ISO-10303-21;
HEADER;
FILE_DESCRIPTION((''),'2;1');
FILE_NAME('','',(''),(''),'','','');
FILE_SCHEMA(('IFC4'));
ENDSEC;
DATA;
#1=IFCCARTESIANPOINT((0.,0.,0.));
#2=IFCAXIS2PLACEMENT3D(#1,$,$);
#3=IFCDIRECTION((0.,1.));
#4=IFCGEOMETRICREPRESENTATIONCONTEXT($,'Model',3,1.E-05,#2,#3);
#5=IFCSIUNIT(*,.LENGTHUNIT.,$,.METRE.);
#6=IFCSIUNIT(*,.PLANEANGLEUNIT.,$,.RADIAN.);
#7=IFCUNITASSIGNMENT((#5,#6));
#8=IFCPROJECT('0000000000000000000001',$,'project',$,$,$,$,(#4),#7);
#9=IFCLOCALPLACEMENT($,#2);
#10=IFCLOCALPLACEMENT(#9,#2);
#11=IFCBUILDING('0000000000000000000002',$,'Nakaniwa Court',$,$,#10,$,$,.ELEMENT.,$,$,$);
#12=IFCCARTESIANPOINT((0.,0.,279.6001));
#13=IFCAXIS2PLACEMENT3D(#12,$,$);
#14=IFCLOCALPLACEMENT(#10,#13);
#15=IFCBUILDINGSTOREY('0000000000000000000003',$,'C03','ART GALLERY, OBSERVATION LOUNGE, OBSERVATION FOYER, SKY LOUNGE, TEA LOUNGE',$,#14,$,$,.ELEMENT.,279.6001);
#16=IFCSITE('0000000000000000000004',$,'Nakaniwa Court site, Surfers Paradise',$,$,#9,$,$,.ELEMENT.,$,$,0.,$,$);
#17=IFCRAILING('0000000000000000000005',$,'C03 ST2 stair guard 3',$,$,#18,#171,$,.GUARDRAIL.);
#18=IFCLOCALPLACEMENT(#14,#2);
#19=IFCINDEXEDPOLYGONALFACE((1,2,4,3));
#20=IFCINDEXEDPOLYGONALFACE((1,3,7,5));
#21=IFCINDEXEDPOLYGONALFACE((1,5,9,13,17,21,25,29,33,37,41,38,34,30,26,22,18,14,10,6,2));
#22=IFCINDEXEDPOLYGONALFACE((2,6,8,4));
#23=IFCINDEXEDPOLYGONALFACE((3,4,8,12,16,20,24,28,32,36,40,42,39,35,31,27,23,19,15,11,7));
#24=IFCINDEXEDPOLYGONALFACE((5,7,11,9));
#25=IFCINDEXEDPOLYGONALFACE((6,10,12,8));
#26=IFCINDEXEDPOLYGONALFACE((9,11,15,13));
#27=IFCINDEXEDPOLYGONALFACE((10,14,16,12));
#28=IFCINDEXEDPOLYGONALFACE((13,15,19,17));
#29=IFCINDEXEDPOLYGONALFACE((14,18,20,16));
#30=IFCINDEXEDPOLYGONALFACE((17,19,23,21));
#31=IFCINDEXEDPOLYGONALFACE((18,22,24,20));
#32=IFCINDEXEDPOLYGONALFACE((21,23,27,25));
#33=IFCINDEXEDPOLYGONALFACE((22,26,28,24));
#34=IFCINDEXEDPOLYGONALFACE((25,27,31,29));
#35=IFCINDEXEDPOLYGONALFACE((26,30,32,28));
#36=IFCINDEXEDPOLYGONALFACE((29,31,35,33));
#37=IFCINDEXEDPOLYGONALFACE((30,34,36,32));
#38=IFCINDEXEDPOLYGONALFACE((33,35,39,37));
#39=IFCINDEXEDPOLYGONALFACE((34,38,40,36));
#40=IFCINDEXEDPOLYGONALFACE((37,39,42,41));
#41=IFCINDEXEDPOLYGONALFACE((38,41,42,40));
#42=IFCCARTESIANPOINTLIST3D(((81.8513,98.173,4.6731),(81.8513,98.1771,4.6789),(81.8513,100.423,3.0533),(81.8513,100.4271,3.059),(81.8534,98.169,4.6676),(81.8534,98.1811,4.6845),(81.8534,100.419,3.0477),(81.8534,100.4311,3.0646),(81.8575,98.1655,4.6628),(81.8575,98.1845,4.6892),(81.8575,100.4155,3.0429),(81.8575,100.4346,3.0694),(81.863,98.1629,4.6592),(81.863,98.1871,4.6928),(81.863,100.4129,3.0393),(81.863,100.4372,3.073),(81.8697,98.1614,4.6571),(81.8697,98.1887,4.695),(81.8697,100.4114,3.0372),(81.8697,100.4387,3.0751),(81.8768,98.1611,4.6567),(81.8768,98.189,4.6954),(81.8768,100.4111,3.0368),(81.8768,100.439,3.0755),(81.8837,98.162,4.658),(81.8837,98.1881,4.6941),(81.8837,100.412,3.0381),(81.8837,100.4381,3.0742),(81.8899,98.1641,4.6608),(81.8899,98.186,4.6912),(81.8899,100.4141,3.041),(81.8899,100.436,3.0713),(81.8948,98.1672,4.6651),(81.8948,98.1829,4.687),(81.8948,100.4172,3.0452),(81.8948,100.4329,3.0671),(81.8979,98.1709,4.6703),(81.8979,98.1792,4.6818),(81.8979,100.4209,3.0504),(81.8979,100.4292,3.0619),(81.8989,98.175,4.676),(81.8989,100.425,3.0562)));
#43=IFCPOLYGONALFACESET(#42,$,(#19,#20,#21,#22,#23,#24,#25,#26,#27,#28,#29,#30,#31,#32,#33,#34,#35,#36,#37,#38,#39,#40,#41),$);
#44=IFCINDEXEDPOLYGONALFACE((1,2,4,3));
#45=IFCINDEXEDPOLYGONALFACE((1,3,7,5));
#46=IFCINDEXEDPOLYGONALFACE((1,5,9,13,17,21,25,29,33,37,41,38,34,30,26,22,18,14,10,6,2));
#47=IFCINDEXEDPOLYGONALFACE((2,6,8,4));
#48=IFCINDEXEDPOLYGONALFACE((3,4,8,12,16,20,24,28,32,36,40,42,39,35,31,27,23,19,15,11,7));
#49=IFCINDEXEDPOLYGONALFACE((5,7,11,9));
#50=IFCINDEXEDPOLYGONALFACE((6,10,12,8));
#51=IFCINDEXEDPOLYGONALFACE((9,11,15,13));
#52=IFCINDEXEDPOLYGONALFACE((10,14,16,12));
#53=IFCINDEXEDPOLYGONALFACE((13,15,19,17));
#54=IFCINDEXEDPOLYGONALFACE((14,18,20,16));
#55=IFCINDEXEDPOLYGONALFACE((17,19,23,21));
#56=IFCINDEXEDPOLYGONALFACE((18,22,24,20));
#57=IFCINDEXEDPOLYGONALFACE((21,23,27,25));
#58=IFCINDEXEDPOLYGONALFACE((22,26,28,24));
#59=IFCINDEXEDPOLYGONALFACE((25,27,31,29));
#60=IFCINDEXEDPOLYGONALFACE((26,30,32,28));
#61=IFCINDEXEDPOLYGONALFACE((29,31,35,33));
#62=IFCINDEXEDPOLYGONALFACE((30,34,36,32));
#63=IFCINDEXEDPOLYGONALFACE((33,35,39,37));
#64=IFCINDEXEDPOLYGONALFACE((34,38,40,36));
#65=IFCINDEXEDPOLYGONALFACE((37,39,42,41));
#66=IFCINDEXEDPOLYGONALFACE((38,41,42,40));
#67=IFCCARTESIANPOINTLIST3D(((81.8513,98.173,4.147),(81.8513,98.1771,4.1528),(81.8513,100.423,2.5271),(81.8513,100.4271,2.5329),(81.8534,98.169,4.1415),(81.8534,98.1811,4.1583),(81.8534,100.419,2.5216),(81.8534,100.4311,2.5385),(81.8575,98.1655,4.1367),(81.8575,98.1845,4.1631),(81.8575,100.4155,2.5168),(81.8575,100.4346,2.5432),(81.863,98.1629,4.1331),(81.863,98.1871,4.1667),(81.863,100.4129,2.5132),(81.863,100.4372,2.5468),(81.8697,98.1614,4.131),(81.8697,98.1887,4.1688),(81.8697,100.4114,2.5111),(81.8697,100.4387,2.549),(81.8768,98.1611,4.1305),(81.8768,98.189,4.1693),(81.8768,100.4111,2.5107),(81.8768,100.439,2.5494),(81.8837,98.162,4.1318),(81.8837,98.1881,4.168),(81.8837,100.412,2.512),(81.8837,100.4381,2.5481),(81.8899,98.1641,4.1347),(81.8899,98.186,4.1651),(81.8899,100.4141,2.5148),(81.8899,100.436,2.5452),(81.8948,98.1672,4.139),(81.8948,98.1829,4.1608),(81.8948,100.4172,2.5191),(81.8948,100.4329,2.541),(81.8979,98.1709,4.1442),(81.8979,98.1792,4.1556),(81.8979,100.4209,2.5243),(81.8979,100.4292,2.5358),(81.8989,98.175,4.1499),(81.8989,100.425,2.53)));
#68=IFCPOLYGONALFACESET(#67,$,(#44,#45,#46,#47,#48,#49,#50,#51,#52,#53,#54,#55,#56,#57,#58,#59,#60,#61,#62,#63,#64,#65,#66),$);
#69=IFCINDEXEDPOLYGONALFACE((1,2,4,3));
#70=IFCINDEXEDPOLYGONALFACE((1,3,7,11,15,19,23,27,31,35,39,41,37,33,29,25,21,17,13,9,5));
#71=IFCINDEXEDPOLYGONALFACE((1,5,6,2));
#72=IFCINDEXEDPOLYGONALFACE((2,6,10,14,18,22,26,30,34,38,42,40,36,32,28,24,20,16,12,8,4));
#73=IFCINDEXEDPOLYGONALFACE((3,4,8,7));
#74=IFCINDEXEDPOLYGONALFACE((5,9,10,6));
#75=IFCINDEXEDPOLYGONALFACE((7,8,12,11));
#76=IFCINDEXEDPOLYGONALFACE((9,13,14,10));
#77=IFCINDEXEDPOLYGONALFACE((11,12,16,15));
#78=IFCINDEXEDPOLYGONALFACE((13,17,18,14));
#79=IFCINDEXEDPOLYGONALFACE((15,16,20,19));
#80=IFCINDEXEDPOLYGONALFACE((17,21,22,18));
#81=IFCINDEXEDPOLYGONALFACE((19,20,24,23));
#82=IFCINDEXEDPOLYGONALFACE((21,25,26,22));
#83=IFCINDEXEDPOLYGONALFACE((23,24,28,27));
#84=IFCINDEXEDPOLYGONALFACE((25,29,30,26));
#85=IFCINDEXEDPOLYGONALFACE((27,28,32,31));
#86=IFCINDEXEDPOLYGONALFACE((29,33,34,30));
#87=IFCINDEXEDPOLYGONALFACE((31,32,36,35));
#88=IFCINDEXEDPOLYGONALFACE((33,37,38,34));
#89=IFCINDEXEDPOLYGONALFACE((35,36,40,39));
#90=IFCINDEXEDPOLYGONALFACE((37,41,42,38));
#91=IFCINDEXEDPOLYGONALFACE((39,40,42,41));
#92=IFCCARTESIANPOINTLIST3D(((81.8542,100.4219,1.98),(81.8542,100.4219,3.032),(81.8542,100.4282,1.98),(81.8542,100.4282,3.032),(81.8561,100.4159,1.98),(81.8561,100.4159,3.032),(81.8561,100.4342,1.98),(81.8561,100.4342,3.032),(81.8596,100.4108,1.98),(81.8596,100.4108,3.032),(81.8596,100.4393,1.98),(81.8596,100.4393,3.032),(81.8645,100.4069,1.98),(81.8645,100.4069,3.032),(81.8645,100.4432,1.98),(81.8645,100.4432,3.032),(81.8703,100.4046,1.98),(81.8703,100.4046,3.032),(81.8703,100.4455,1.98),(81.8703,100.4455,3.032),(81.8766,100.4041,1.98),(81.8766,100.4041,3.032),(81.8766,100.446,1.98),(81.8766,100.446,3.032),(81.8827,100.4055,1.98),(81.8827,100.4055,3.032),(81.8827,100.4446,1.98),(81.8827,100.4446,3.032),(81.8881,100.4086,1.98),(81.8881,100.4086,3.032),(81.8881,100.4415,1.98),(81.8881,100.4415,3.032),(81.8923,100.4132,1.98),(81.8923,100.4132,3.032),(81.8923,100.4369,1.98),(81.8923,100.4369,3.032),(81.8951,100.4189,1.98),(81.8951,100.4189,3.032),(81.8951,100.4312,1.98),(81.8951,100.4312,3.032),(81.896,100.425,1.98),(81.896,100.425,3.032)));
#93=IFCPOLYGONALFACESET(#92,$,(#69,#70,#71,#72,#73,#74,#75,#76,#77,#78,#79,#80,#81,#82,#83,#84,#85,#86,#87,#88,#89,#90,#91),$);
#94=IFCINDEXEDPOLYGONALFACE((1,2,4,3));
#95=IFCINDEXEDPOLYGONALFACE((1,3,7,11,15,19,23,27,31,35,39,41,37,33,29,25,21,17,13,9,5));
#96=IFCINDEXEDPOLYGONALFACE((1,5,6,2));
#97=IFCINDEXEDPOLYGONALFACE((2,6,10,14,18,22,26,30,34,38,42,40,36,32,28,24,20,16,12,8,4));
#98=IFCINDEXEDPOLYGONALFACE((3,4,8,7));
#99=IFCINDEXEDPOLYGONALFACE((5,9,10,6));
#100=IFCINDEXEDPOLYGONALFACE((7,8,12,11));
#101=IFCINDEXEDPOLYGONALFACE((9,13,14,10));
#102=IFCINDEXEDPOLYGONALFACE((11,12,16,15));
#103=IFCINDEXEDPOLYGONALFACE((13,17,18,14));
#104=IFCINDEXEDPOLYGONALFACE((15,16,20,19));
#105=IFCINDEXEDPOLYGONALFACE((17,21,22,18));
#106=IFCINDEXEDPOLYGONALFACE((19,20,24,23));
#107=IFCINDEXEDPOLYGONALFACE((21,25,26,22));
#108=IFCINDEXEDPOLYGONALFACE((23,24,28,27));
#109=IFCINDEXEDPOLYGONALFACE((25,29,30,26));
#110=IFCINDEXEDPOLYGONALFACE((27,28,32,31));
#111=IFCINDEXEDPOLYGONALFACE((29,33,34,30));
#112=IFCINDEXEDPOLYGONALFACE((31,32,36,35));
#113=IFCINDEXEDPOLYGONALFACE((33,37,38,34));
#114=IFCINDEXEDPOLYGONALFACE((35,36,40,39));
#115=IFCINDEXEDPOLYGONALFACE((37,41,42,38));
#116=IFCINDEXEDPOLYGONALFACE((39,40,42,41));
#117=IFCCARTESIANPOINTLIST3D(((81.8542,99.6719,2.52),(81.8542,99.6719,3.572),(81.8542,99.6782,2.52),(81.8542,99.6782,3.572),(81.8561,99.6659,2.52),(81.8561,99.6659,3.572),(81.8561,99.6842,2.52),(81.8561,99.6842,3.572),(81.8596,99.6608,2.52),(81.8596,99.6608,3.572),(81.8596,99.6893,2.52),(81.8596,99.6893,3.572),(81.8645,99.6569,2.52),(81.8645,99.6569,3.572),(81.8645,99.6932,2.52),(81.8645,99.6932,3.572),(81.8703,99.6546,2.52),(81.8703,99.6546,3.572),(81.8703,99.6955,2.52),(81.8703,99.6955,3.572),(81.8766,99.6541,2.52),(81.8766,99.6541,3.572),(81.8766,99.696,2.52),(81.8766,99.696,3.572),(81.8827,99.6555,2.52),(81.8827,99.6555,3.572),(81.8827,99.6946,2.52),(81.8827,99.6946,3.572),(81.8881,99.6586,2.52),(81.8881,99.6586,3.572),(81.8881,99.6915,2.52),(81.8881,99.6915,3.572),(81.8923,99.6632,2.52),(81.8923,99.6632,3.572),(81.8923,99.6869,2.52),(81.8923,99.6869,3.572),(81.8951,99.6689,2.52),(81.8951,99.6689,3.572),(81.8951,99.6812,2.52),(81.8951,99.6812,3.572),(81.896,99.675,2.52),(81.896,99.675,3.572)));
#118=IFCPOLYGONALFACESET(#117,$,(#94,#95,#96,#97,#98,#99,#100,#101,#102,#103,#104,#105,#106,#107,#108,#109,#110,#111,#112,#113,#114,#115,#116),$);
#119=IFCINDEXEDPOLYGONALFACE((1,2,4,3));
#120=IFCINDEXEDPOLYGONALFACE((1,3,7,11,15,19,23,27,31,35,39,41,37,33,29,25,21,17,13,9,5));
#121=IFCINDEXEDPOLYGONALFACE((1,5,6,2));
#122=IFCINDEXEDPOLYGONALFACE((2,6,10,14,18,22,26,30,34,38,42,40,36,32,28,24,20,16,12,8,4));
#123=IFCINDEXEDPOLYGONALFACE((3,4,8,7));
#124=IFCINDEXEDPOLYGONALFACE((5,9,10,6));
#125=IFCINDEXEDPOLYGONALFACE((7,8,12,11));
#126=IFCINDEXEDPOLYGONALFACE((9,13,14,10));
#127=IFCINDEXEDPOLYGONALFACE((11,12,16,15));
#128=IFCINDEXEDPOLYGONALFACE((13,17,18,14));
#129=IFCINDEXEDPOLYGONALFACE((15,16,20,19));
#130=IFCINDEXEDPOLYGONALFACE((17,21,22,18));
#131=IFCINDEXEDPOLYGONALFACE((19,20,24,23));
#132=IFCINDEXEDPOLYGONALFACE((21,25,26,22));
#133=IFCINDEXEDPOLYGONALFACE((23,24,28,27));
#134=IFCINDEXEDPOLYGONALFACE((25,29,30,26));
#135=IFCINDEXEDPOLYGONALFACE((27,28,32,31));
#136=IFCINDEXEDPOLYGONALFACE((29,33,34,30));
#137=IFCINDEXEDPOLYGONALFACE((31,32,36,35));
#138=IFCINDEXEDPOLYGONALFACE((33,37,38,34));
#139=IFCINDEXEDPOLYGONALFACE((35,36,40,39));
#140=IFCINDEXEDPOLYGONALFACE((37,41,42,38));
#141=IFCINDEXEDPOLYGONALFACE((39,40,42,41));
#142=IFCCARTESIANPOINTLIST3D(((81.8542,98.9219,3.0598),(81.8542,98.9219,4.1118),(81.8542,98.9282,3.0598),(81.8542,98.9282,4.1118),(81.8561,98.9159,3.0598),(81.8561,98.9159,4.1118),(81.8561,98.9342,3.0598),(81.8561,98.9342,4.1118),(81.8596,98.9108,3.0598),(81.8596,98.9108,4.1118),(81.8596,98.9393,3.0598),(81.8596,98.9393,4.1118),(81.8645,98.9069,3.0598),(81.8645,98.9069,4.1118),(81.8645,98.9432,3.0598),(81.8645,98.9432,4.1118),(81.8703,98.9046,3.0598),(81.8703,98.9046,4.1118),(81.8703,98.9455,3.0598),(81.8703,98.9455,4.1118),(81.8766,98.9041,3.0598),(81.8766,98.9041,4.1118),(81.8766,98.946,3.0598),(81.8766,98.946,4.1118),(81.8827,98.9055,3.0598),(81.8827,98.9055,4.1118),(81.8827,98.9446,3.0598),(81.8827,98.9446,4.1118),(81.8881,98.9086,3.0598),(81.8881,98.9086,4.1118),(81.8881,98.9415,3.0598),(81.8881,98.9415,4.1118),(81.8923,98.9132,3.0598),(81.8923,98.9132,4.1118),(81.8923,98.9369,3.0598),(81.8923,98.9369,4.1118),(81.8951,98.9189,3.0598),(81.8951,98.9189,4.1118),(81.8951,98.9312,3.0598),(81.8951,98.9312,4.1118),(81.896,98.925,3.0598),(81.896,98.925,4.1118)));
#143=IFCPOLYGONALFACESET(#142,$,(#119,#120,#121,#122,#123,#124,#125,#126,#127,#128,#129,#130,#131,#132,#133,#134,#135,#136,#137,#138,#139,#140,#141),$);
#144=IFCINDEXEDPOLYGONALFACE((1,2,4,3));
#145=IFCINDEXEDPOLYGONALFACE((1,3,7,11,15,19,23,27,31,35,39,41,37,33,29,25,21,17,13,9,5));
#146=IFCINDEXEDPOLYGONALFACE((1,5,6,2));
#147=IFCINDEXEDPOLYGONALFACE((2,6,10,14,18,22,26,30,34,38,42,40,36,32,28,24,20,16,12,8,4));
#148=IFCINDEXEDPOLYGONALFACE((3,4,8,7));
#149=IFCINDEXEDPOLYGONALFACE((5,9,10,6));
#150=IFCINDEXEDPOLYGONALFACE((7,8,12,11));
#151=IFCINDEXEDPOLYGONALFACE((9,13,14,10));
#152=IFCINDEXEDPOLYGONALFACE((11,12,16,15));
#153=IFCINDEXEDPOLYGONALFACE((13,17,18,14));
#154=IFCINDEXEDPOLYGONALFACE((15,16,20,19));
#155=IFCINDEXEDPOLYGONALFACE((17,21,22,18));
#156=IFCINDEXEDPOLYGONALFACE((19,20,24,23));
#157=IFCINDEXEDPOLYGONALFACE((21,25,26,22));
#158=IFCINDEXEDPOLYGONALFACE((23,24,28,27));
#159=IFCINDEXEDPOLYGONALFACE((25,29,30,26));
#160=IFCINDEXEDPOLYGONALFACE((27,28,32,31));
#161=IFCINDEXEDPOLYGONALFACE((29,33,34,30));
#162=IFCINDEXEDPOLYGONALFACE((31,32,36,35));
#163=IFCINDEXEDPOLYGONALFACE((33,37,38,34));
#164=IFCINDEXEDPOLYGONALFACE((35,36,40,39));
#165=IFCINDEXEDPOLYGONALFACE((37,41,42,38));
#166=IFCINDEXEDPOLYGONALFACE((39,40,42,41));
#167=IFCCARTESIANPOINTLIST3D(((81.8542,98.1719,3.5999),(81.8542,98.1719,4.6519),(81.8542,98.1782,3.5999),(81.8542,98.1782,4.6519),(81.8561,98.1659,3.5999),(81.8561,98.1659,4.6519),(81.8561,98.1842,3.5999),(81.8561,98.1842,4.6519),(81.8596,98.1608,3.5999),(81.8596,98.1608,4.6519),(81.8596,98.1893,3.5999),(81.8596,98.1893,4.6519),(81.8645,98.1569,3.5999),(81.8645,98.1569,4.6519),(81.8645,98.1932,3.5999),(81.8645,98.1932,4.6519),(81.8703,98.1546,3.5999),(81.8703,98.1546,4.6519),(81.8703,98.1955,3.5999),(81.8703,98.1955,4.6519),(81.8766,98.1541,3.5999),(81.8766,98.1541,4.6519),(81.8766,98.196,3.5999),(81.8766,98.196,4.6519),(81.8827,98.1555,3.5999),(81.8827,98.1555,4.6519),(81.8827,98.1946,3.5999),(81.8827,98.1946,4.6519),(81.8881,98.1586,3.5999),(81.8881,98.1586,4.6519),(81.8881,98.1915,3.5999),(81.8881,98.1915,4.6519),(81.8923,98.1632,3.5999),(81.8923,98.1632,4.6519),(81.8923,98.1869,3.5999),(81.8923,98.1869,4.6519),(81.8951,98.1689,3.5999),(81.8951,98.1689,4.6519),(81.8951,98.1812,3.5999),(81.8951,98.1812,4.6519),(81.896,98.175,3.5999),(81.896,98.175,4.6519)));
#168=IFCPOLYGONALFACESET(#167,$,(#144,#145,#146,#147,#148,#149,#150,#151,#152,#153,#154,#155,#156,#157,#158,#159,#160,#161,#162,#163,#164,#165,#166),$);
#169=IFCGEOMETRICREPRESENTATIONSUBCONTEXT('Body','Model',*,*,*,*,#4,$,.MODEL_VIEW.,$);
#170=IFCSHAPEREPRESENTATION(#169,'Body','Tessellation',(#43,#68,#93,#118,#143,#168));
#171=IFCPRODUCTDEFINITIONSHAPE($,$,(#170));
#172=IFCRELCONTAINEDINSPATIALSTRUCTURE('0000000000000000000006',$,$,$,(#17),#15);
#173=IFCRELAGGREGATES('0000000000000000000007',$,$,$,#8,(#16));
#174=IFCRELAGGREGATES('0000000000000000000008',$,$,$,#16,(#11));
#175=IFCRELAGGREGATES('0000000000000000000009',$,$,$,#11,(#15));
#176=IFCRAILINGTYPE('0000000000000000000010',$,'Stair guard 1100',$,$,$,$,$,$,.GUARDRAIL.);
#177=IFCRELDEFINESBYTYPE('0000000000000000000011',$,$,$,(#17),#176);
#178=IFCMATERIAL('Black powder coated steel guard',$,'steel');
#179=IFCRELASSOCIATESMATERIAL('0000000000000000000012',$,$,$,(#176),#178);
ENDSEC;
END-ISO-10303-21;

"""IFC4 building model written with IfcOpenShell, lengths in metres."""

from ifc_helpers import new_model, si_unit, direction, frame, origin, origin_2d, place, context, subcontext, project, spatial, circle, extrude, material, type_object, element, save


model = new_model("IFC4")

# Units and contexts
model_context = context("Model", 3, precision=1e-05, world=origin(), true_north=direction((0.0, 1.0)))
body_context = subcontext(model_context, "Body", "Model", "MODEL_VIEW")
ifc_project = project(units=[si_unit("LENGTHUNIT", "METRE"), si_unit("PLANEANGLEUNIT", "RADIAN")], contexts=[model_context])

# Site, building, storey
site_placement = place(None, origin())
site = spatial("IfcSite", under=ifc_project, at=site_placement, Name="Nakaniwa Court site, Surfers Paradise", CompositionType="ELEMENT", RefElevation=0.0)
building_placement = place(site_placement, origin())
building = spatial("IfcBuilding", under=site, at=building_placement, Name="Nakaniwa Court", CompositionType="ELEMENT")
storey_placement = place(building_placement, frame((0.0, 0.0, 279.6001)))
storey = spatial("IfcBuildingStorey", under=building, at=storey_placement, Name="C03", Description="ART GALLERY, OBSERVATION LOUNGE, OBSERVATION FOYER, SKY LOUNGE, TEA LOUNGE", CompositionType="ELEMENT", Elevation=279.6001)

# Railing
ifc_material_1 = material(Name="Black powder coated steel guard", Category="steel")
railing_type_1 = type_object("IfcRailingType", Name="Stair guard 1100", PredefinedType="GUARDRAIL", material=ifc_material_1)
railing_1_placement = place(storey_placement, frame((81.875, 100.425, 1.98)))
element("IfcRailing", 1, at=railing_1_placement, inside=storey, type_object=railing_type_1, Name="C03 ST2 stair guard 3", PredefinedType="GUARDRAIL", context=body_context, shape_type="SweptSolid", body=[
    extrude(circle(Radius=0.0239, at=origin_2d()), frame((0.0, 0.0, 1.0762), z_axis=(0.0, -0.811556, 0.584275), x_axis=(1.0, 0.0, 0.0)), (0.0, 0.0, 1.0), 2.7725),
    extrude(circle(Radius=0.0239, at=origin_2d()), frame((0.0, 0.0, 0.55), z_axis=(0.0, -0.811556, 0.584275), x_axis=(1.0, 0.0, 0.0)), (0.0, 0.0, 1.0), 2.7725),
    extrude(circle(Radius=0.021, at=origin_2d()), origin(), (0.0, 0.0, 1.0), 1.052),
    extrude(circle(Radius=0.021, at=origin_2d()), frame((0.0, -0.75, 0.54)), (0.0, 0.0, 1.0), 1.052),
    extrude(circle(Radius=0.021, at=origin_2d()), frame((0.0, -1.5, 1.0798)), (0.0, 0.0, 1.0), 1.052),
    extrude(circle(Radius=0.021, at=origin_2d()), frame((0.0, -2.25, 1.6199)), (0.0, 0.0, 1.0), 1.052),
])

save(model, "model.ifc")
